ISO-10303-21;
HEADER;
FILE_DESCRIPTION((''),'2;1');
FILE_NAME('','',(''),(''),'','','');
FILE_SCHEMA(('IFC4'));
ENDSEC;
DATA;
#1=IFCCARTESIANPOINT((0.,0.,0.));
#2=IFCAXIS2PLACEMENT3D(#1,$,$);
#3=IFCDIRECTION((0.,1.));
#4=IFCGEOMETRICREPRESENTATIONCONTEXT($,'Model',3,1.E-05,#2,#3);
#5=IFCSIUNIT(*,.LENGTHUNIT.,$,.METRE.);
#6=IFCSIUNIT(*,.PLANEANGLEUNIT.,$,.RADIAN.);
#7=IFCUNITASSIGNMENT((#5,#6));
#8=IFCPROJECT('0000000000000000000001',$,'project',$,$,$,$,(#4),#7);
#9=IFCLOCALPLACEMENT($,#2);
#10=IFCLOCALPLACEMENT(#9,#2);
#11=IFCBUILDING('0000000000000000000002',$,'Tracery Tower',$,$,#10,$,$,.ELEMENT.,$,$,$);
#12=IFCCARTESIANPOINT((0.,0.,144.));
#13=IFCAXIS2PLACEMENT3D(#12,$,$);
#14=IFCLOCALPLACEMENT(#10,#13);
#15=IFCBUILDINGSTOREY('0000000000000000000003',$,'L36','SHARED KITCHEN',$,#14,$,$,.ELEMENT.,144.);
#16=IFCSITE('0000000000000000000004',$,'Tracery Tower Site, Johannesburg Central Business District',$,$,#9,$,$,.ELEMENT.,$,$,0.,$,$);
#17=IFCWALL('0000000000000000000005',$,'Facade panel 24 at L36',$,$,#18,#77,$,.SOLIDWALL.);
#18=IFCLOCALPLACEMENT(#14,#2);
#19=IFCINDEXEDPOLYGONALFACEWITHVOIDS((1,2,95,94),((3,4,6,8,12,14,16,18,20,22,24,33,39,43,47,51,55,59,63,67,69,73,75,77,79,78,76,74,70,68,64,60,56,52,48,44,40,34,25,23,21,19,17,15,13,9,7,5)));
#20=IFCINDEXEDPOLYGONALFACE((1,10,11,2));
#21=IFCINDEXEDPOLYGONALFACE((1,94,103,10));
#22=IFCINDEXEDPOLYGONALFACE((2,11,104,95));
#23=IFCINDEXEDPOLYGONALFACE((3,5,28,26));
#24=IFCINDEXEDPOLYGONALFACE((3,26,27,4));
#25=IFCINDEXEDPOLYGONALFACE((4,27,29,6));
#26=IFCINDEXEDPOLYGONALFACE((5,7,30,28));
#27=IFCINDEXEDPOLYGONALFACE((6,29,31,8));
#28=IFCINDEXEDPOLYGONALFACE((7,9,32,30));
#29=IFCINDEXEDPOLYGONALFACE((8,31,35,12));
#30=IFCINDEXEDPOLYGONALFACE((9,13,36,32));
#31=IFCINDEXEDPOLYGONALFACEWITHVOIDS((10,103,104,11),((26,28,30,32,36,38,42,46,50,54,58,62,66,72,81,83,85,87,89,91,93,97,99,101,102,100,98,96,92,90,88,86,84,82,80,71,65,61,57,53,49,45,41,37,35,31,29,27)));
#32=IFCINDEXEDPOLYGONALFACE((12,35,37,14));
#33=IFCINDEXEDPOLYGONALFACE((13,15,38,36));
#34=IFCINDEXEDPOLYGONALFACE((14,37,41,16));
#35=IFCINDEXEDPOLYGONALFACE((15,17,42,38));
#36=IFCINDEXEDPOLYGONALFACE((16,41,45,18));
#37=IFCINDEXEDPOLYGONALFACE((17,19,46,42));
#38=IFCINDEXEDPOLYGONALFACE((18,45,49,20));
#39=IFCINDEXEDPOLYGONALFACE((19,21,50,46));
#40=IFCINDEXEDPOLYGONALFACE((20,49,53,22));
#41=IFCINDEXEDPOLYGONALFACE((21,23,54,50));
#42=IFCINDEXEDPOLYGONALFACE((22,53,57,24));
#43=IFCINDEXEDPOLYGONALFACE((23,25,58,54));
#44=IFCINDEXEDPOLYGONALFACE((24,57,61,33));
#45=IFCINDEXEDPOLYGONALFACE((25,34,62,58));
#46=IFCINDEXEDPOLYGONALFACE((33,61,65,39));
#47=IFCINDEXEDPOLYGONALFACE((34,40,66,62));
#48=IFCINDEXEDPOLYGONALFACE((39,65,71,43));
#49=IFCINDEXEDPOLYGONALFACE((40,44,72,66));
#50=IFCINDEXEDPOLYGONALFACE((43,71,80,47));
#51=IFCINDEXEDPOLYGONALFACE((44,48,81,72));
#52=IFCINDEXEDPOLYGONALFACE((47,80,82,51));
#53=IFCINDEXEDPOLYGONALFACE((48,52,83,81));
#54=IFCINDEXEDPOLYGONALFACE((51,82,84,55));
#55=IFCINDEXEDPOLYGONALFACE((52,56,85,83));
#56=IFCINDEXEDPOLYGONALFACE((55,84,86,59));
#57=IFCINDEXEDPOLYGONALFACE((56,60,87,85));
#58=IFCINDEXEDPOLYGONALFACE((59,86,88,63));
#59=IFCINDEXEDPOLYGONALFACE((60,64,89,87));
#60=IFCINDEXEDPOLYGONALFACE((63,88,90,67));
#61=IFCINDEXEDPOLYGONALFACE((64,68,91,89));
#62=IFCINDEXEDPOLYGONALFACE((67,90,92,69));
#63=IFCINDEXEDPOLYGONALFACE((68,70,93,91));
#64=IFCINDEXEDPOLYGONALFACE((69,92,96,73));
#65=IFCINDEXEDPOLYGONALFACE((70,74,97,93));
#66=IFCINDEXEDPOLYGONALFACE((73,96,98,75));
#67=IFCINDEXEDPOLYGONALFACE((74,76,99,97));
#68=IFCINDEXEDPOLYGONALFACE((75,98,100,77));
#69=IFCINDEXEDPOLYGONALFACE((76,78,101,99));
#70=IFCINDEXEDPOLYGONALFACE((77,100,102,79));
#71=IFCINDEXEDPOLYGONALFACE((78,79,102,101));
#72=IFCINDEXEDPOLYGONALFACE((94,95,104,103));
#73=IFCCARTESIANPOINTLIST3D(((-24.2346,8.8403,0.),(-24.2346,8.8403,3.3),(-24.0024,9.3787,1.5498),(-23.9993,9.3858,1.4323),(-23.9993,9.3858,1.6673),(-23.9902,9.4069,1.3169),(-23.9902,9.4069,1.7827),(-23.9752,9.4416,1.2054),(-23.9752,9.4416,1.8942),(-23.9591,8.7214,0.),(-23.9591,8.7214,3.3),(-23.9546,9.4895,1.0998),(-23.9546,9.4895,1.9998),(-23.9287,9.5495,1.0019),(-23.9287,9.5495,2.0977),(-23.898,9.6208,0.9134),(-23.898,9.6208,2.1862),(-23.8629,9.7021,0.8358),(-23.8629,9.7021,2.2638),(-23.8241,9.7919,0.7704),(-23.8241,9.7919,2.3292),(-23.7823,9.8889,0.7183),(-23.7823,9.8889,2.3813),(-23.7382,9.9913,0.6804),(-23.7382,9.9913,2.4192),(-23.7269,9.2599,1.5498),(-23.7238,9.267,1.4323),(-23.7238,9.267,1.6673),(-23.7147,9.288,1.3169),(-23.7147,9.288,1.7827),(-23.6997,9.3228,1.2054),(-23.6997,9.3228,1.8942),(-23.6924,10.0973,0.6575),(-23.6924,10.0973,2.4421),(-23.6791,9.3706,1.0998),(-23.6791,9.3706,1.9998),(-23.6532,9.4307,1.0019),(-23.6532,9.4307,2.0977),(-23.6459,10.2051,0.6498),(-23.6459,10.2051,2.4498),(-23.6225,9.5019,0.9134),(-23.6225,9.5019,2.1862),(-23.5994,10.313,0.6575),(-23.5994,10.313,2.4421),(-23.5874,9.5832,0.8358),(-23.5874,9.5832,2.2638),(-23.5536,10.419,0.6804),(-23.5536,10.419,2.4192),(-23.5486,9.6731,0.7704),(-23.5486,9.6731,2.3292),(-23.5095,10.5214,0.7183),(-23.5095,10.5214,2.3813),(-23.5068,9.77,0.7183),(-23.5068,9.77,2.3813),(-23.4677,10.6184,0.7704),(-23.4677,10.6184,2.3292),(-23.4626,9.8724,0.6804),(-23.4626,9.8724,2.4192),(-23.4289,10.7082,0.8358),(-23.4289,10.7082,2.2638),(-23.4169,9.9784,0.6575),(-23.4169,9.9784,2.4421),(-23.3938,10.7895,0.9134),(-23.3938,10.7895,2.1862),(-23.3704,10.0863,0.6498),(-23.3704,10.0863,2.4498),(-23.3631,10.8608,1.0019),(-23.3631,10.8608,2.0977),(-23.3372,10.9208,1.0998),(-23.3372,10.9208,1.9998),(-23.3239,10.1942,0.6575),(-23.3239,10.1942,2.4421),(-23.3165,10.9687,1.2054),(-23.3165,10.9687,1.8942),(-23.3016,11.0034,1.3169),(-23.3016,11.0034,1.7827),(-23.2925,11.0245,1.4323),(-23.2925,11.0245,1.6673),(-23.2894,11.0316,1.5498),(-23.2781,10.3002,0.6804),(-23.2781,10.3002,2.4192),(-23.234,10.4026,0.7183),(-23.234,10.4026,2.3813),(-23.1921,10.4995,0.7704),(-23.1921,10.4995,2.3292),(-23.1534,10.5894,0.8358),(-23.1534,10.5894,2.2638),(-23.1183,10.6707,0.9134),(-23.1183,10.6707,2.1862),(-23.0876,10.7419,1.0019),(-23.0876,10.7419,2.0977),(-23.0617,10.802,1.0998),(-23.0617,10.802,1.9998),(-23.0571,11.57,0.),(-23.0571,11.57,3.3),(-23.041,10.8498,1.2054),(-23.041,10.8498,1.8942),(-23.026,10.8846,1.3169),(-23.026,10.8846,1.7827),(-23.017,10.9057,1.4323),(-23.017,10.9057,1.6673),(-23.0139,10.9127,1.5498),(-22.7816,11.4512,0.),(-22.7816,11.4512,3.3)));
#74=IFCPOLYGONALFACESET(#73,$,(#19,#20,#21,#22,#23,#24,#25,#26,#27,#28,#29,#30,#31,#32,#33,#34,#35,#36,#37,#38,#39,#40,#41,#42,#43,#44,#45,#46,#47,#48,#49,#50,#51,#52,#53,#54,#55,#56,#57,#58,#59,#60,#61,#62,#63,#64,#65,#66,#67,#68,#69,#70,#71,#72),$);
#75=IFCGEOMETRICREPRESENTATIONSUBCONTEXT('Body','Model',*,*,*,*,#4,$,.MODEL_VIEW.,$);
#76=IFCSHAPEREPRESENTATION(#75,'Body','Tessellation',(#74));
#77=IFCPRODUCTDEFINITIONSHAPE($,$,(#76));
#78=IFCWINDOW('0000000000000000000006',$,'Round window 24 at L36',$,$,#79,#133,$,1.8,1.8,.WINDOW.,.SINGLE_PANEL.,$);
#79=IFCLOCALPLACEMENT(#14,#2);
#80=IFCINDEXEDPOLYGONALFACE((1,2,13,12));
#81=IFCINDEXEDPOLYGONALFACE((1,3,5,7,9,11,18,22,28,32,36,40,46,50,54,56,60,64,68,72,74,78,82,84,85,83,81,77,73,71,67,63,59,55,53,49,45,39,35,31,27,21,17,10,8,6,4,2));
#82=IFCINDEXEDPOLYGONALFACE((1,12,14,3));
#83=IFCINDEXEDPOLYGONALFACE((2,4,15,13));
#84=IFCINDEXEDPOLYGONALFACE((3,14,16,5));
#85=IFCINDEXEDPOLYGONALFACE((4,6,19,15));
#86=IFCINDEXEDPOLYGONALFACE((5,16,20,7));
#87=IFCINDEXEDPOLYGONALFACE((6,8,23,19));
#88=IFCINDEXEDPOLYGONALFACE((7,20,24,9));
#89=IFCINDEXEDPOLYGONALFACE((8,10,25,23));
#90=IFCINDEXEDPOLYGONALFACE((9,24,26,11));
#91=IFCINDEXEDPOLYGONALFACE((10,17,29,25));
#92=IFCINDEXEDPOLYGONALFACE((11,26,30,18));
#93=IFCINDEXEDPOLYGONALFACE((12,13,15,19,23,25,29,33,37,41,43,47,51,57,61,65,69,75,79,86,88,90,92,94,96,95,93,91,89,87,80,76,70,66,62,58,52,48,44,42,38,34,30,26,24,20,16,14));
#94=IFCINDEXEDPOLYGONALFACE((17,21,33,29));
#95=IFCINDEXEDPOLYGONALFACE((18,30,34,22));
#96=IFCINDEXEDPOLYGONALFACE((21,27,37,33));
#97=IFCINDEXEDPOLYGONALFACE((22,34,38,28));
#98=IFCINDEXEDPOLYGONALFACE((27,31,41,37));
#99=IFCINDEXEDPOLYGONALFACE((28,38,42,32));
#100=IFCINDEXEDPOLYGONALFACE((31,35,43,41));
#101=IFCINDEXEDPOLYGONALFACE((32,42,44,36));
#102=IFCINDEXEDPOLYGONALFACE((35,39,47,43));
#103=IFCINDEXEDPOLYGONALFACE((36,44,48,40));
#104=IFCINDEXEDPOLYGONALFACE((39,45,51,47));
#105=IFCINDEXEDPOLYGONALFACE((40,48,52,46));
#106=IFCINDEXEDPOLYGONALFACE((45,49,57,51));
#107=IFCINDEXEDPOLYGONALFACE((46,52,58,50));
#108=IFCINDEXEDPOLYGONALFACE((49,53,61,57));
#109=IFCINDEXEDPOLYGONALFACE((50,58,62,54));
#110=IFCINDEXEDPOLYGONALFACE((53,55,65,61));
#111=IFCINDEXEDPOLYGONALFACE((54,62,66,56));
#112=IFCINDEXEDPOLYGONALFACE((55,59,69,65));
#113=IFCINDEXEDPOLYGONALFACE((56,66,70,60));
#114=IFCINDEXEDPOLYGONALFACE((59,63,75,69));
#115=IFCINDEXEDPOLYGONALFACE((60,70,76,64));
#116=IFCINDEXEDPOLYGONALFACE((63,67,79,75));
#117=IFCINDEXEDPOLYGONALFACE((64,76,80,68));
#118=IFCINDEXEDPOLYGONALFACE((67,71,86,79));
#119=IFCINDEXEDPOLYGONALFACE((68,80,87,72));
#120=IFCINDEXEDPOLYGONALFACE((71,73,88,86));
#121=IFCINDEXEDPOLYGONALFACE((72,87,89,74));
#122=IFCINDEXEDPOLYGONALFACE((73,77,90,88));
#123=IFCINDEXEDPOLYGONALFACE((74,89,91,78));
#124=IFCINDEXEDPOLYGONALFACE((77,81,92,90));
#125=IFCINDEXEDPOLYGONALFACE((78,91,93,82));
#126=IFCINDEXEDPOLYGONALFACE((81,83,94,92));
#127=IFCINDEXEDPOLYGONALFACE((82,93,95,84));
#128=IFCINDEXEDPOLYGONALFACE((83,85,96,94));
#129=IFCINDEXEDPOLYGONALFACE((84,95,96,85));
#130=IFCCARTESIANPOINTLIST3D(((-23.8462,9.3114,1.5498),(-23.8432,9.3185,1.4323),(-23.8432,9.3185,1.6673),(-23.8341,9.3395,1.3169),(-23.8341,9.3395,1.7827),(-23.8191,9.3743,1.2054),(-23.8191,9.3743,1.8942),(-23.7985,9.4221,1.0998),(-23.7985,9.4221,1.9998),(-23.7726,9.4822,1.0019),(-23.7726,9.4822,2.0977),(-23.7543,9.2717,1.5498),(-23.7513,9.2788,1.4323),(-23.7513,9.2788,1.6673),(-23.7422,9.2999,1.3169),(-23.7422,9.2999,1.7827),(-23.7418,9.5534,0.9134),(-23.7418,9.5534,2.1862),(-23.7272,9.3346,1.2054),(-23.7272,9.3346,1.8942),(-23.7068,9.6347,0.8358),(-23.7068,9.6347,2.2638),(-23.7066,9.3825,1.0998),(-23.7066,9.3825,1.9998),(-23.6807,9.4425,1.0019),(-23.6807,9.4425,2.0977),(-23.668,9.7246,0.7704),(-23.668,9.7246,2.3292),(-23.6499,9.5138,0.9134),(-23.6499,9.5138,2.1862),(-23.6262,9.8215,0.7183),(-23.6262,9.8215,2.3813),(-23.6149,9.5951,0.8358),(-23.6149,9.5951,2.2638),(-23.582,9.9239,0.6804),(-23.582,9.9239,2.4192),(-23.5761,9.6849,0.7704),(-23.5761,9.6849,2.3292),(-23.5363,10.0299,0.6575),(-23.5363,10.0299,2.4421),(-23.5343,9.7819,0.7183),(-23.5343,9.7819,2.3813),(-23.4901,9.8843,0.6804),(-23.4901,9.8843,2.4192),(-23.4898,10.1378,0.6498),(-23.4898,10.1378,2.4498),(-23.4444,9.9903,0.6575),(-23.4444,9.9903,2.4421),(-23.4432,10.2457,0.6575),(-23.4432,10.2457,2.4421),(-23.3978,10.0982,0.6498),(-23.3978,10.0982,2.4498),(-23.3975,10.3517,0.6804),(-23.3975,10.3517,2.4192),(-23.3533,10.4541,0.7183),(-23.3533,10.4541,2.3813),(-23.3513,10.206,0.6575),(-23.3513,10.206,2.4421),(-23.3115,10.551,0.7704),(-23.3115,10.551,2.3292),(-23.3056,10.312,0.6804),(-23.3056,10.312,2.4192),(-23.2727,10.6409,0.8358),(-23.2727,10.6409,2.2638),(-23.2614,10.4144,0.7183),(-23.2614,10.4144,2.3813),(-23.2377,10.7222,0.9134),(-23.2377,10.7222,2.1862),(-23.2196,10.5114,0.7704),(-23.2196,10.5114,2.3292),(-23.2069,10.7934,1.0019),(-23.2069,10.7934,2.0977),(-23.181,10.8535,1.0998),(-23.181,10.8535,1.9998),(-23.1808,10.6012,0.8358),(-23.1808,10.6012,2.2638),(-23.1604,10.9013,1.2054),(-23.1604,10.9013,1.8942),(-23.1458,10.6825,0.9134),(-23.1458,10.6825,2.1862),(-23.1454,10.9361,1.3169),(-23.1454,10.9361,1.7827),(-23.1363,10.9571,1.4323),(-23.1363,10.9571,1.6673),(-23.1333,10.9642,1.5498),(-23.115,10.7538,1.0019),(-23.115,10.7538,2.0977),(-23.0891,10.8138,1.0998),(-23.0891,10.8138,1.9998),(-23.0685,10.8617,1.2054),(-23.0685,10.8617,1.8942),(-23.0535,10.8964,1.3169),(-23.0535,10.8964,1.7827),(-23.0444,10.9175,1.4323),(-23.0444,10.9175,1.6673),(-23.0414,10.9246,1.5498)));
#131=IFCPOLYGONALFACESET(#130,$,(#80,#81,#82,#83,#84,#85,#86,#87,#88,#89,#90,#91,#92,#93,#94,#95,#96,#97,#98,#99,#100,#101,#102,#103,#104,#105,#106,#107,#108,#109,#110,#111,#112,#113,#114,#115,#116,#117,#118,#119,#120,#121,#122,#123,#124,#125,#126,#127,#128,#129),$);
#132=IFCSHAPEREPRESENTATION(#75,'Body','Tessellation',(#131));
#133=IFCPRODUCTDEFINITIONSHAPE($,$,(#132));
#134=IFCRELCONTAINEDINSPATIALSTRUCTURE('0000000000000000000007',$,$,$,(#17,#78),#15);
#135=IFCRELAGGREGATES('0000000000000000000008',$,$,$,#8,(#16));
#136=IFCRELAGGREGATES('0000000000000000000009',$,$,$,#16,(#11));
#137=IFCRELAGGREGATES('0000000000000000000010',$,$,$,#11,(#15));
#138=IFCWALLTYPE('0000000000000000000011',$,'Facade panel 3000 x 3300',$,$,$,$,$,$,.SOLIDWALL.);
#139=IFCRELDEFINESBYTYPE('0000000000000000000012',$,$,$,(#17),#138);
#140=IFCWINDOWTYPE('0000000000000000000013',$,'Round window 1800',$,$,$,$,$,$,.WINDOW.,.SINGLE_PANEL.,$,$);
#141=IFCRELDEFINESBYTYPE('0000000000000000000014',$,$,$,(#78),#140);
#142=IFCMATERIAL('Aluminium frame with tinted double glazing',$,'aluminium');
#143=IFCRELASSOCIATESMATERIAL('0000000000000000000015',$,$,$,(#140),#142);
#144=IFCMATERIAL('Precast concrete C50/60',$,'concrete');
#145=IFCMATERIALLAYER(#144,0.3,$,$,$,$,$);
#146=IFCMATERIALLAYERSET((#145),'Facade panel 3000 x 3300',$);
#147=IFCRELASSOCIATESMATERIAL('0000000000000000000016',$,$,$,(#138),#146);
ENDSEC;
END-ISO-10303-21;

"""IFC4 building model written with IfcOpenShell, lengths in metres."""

from ifc_helpers import new_model, si_unit, direction, frame, frame_2d, origin, origin_2d, place, context, subcontext, project, spatial, rectangle, circle, extrude, material, layer, layer_set, type_object, element, fill, save


model = new_model("IFC4")

# Units and contexts
model_context = context("Model", 3, precision=1e-05, world=origin(), true_north=direction((0.0, 1.0)))
body_context = subcontext(model_context, "Body", "Model", "MODEL_VIEW")
ifc_project = project(units=[si_unit("LENGTHUNIT", "METRE"), si_unit("PLANEANGLEUNIT", "RADIAN")], contexts=[model_context])

# Site, building, storey
site_placement = place(None, origin())
site = spatial("IfcSite", under=ifc_project, at=site_placement, Name="Tracery Tower Site, Johannesburg Central Business District", CompositionType="ELEMENT", RefElevation=0.0)
building_placement = place(site_placement, origin())
building = spatial("IfcBuilding", under=site, at=building_placement, Name="Tracery Tower", CompositionType="ELEMENT")
storey_placement = place(building_placement, frame((0.0, 0.0, 144.0)))
storey = spatial("IfcBuildingStorey", under=building, at=storey_placement, Name="L36", Description="SHARED KITCHEN", CompositionType="ELEMENT", Elevation=144.0)

# Wall, opening, window
ifc_material_1 = material(Name="Aluminium frame with tinted double glazing", Category="aluminium")
window_type = type_object("IfcWindowType", Name="Round window 1800", PartitioningType="SINGLE_PANEL", PredefinedType="WINDOW", material=ifc_material_1)
ifc_material_2 = material(Name="Precast concrete C50/60", Category="concrete")
ifc_layer_1 = layer(ifc_material_2, 0.3)
ifc_layer_set_1 = layer_set([ifc_layer_1], Name="Facade panel 3000 x 3300")
wall_type_1 = type_object("IfcWallType", Name="Facade panel 3000 x 3300", PredefinedType="SOLIDWALL", material=ifc_layer_set_1)
wall_1_placement = place(storey_placement, frame((-22.9194, 11.5105, 0.0), z_axis=(0.0, 0.0, 1.0), x_axis=(-0.396079, -0.918216, 0.0)))
wall_1 = element("IfcWall", 1, at=wall_1_placement, inside=storey, type_object=wall_type_1, Name="Facade panel 24 at L36", PredefinedType="SOLIDWALL", context=body_context, shape_type="SweptSolid", body=[
    extrude(rectangle(XDim=2.9729, YDim=0.3, at=frame_2d((1.4863, 0.0))), origin(), (0.0, 0.0, 1.0), 3.3),
])
opening_1_placement = place(wall_1_placement, frame((1.4863, 0.0, 1.5498)))
opening_1 = element("IfcOpeningElement", 2, at=opening_1_placement, cuts=wall_1, PredefinedType="OPENING", context=body_context, shape_type="SweptSolid", body=[
    extrude(circle(Radius=0.9, at=origin_2d()), frame((0.0, 0.1599, 0.0), z_axis=(0.0, -1.0, 0.0), x_axis=(1.0, 0.0, 0.0)), (0.0, 0.0, 1.0), 0.3201),
])
window_1_placement = place(opening_1_placement, origin())
window_1 = element("IfcWindow", 3, at=window_1_placement, inside=storey, type_object=window_type, Name="Round window 24 at L36", OverallHeight=1.8, OverallWidth=1.8, PartitioningType="SINGLE_PANEL", PredefinedType="WINDOW", context=body_context, shape_type="SweptSolid", body=[
    extrude(circle(Radius=0.9, at=origin_2d()), frame((0.0, 0.1201, 0.0), z_axis=(0.0, -1.0, 0.0), x_axis=(1.0, 0.0, 0.0)), (0.0, 0.0, 1.0), 0.1001),
])
fill(opening_1, window_1)

save(model, "model.ifc")
